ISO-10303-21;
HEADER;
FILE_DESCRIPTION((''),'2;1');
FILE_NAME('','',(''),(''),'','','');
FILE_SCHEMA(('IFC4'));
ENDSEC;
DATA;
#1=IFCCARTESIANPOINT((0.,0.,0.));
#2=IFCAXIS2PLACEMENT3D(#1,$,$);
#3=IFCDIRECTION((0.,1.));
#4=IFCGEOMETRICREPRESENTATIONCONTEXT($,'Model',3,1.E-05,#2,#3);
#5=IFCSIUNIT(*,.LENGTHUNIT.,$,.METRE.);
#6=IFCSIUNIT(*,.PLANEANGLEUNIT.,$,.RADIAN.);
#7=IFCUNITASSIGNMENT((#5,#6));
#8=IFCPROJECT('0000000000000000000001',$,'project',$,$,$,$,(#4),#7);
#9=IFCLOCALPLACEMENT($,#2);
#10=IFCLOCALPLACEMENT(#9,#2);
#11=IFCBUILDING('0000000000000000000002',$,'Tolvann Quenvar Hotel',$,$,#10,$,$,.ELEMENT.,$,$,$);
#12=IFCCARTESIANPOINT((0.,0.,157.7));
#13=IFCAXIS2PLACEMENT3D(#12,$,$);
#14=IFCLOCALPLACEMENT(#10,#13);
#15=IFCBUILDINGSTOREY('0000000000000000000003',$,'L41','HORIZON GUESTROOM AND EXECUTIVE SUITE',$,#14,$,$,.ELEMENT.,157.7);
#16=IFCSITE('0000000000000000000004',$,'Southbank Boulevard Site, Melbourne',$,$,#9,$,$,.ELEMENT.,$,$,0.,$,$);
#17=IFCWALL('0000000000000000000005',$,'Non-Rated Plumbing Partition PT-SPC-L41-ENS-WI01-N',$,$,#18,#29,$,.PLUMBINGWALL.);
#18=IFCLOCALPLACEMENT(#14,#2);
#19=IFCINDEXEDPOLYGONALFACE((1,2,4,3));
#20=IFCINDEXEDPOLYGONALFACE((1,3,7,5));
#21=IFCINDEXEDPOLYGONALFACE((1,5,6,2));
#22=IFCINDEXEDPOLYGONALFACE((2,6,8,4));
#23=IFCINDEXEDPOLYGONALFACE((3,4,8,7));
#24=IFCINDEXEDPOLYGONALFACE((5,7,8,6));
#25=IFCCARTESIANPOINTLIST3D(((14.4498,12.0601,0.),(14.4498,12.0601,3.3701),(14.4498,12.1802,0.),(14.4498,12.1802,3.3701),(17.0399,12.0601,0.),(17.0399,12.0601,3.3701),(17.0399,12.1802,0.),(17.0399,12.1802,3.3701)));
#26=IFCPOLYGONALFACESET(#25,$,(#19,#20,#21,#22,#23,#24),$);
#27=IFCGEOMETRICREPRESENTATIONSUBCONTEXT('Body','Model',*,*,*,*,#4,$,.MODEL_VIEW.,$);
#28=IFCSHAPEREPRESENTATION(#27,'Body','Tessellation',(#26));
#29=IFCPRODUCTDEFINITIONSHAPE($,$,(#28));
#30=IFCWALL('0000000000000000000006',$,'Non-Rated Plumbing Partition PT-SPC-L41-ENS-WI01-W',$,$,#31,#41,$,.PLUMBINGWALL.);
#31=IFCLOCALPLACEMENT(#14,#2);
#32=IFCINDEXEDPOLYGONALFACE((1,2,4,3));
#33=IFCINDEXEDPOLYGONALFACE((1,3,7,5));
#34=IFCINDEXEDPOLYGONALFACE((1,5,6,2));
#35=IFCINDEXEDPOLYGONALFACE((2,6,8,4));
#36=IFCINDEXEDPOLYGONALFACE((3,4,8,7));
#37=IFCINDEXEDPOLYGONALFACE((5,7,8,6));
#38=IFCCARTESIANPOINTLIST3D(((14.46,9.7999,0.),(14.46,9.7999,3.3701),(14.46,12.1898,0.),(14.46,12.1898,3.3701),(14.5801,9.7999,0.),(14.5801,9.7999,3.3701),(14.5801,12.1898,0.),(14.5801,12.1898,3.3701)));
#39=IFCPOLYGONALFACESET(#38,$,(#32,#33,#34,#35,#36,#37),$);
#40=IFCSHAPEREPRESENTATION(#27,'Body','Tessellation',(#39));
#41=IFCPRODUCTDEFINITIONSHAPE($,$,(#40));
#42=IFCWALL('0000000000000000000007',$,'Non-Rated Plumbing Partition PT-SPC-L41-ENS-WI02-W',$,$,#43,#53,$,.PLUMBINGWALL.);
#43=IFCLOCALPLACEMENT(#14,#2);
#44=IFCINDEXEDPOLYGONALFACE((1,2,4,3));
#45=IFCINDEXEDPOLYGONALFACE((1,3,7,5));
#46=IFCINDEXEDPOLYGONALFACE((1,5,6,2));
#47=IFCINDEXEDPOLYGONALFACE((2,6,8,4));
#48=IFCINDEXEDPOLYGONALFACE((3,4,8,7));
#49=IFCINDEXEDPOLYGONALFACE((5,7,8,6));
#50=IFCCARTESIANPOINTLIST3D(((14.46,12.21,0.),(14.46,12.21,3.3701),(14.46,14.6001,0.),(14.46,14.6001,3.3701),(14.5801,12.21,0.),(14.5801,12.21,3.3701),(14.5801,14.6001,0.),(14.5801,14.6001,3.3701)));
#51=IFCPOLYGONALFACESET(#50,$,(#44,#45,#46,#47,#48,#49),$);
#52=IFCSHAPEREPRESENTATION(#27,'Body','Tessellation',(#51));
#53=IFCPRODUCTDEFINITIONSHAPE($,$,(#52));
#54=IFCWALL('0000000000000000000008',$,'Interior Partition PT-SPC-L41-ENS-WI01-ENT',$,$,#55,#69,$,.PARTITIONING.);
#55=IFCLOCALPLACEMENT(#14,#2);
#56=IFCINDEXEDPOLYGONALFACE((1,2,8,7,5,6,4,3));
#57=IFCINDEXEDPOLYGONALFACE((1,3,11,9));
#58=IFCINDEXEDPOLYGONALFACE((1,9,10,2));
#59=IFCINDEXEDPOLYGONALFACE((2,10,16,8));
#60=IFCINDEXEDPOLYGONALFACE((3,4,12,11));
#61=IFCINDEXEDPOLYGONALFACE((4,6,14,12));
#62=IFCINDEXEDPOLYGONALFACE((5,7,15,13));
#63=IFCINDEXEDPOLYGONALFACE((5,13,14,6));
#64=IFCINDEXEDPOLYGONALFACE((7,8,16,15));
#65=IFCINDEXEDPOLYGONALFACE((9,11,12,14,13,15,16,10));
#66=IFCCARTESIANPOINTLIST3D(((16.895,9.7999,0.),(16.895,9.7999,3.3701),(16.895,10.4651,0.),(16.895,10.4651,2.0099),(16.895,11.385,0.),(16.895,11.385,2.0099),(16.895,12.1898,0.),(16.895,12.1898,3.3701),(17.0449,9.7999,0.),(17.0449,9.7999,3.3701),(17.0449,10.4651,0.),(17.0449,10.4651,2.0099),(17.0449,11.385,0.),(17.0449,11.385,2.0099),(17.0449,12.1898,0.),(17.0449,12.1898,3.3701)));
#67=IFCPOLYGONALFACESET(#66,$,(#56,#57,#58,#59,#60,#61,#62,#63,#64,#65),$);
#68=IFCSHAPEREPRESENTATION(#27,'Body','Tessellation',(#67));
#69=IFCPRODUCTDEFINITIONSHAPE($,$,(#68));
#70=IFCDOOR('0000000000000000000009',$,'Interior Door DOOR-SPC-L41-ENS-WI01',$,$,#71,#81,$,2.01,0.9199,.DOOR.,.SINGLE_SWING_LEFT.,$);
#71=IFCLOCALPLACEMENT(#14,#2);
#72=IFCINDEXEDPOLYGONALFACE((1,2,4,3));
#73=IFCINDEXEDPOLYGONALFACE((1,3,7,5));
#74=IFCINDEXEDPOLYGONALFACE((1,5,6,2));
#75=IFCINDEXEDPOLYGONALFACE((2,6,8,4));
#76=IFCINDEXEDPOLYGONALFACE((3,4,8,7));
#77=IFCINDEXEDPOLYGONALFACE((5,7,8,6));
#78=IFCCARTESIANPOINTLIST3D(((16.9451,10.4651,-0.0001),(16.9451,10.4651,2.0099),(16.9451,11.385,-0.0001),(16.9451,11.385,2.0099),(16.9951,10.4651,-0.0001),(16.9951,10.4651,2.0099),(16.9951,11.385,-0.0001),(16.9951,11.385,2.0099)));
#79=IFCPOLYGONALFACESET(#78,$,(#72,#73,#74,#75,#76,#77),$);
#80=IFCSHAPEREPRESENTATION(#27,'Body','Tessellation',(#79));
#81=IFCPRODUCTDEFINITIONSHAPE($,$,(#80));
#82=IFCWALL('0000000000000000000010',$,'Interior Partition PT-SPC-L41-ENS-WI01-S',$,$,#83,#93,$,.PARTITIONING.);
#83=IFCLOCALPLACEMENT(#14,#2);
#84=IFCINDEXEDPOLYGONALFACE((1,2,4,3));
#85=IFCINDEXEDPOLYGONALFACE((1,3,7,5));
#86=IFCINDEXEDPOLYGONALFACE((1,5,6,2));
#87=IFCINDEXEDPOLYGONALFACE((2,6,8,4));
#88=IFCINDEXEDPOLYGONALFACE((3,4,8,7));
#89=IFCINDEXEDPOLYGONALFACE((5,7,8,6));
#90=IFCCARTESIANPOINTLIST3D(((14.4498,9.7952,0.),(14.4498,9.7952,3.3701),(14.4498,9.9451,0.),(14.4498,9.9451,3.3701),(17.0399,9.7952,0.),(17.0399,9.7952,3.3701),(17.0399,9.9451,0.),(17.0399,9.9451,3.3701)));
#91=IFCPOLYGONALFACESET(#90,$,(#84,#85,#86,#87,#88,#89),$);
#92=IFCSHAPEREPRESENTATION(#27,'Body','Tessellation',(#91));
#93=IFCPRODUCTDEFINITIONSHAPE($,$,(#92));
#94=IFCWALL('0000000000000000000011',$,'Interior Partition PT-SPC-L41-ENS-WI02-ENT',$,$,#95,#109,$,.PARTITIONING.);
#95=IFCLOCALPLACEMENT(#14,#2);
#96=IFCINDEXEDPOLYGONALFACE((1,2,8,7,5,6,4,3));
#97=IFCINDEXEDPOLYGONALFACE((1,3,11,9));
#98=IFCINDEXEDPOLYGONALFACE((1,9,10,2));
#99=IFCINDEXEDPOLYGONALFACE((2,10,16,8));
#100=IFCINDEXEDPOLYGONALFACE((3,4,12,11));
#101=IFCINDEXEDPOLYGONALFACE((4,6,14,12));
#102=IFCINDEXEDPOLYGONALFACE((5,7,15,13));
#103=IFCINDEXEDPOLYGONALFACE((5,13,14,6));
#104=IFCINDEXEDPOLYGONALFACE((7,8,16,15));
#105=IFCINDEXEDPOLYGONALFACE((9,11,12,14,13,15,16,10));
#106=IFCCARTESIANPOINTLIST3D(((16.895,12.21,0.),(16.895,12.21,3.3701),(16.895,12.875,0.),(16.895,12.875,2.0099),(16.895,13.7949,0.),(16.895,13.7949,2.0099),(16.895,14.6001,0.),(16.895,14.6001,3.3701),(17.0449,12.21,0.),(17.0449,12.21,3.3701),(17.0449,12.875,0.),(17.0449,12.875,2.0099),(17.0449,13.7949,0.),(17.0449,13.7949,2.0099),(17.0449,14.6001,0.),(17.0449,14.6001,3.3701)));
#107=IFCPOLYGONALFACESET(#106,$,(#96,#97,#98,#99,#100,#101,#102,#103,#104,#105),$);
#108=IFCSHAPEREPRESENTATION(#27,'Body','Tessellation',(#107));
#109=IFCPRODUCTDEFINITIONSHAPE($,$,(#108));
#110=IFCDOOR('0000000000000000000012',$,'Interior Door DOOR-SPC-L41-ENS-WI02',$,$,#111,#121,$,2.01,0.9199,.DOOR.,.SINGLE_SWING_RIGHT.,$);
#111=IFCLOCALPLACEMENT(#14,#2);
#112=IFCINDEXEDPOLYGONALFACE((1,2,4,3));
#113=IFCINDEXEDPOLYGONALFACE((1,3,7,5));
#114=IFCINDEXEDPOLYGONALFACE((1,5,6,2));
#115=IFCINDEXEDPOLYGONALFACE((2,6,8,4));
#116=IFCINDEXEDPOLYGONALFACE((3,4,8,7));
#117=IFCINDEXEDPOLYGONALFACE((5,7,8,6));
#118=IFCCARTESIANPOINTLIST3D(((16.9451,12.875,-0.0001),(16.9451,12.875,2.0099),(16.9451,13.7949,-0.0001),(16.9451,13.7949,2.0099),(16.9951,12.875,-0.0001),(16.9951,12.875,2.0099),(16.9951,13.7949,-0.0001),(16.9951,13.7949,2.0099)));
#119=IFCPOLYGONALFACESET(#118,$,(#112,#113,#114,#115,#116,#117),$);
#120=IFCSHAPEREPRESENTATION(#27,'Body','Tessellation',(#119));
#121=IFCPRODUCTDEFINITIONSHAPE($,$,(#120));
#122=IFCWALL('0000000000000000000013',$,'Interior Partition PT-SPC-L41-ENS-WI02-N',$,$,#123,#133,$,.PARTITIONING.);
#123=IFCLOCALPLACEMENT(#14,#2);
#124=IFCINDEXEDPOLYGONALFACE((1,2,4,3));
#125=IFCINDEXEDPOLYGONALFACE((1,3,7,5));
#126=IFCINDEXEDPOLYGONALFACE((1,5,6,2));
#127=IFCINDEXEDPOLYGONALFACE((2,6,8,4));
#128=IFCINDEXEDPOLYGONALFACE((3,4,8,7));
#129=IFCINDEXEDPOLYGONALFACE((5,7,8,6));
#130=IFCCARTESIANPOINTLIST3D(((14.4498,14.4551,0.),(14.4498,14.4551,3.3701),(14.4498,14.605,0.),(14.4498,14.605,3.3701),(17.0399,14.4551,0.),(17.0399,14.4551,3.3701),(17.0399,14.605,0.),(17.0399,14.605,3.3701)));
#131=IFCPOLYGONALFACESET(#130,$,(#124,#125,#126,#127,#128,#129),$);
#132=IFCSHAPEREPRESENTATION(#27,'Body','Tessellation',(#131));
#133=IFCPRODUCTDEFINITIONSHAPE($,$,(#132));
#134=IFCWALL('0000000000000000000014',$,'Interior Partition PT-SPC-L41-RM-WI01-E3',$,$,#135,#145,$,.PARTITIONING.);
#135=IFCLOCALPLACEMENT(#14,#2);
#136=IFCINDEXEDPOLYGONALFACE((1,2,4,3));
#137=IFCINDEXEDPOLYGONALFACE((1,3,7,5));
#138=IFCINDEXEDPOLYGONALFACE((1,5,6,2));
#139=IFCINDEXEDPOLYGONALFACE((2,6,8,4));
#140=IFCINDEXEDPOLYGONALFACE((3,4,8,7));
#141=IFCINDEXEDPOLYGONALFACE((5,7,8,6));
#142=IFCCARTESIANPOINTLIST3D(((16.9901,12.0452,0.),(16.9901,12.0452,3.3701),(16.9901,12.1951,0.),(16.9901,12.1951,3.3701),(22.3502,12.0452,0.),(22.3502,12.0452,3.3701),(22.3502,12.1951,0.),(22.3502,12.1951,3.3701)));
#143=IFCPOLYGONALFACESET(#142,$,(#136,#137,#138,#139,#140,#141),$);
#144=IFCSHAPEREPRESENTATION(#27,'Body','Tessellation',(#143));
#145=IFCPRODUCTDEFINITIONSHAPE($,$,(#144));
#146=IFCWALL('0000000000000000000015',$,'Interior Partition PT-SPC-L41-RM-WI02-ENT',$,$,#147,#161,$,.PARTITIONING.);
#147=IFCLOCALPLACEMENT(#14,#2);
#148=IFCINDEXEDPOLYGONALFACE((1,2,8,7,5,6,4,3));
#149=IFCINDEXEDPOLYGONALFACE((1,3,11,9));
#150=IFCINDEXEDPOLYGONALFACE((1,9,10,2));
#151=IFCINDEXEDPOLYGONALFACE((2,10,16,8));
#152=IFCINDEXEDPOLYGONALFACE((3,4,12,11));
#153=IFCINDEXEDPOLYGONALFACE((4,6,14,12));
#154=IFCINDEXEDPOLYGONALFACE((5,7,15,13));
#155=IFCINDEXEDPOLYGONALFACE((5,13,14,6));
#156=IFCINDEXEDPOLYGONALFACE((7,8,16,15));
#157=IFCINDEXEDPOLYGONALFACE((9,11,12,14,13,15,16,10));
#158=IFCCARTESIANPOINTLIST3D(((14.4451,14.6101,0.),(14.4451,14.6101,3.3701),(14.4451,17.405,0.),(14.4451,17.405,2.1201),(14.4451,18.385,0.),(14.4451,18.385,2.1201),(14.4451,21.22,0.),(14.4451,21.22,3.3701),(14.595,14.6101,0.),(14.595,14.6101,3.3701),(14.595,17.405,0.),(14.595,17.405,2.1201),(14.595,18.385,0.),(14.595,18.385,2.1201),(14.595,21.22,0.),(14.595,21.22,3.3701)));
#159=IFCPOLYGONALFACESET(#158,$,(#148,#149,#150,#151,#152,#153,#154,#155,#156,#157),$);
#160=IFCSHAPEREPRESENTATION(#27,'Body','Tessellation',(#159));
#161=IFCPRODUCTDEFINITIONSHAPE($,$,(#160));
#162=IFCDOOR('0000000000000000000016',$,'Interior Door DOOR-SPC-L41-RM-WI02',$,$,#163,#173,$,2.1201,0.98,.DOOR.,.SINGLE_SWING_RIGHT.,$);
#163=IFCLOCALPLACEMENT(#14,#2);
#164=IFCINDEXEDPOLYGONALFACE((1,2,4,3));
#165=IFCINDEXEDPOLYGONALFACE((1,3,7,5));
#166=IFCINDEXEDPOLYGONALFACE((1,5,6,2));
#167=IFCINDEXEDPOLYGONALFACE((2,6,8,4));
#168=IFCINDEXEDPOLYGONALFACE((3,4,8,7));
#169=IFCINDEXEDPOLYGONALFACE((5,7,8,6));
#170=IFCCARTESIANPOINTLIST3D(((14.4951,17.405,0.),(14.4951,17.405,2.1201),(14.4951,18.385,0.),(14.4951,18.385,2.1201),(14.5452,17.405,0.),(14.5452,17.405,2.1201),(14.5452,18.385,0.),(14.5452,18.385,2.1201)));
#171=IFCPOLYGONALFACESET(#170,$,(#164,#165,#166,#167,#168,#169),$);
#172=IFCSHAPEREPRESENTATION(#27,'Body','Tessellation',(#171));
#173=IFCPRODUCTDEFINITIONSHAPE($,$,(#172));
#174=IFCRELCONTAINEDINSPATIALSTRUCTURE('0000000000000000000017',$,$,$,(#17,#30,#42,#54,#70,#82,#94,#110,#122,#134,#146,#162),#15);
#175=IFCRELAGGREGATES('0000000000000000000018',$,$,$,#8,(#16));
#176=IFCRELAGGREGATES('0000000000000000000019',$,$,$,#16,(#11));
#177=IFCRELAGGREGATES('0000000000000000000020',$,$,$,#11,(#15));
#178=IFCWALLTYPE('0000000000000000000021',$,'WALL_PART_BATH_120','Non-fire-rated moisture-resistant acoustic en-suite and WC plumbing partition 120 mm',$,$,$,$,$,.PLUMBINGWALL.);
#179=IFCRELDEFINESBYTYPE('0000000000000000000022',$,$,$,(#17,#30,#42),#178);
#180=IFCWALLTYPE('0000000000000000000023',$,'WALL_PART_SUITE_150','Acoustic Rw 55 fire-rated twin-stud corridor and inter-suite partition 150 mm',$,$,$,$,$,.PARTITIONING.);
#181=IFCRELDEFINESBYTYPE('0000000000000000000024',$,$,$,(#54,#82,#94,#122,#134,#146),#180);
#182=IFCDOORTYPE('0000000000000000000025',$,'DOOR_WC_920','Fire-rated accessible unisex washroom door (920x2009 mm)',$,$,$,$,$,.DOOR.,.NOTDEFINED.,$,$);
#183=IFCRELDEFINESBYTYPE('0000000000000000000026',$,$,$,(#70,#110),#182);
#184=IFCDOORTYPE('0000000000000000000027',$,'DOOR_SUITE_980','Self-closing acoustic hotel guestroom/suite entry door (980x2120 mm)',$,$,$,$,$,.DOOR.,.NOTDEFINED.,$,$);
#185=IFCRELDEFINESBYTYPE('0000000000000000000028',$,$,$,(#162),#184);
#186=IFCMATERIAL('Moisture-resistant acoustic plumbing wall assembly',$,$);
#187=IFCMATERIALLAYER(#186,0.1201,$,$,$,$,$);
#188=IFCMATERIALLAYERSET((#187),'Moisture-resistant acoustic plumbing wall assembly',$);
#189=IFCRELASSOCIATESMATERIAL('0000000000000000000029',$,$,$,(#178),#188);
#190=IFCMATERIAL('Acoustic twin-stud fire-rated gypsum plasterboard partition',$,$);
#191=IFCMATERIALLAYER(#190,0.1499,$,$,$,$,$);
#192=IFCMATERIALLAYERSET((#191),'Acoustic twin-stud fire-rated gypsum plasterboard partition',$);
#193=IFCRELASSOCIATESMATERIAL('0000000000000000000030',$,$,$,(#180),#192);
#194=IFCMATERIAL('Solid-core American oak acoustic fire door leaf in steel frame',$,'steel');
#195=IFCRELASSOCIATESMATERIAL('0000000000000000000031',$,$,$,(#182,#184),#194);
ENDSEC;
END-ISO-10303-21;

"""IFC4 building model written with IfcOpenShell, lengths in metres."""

from ifc_helpers import new_model, si_unit, direction, frame, frame_2d, origin, place, context, subcontext, project, spatial, rectangle, extrude, source, transform, mapped, material, layer, layer_set, type_object, type_shapes, element, fill, save


model = new_model("IFC4")

# Units and contexts
model_context = context("Model", 3, precision=1e-05, world=origin(), true_north=direction((0.0, 1.0)))
body_context = subcontext(model_context, "Body", "Model", "MODEL_VIEW")
ifc_project = project(units=[si_unit("LENGTHUNIT", "METRE"), si_unit("PLANEANGLEUNIT", "RADIAN")], contexts=[model_context])

# Site, building, storey
site_placement = place(None, origin())
site = spatial("IfcSite", under=ifc_project, at=site_placement, Name="Southbank Boulevard Site, Melbourne", CompositionType="ELEMENT", RefElevation=0.0)
building_placement = place(site_placement, origin())
building = spatial("IfcBuilding", under=site, at=building_placement, Name="Tolvann Quenvar Hotel", CompositionType="ELEMENT")
storey_placement = place(building_placement, frame((0.0, 0.0, 157.7)))
storey = spatial("IfcBuildingStorey", under=building, at=storey_placement, Name="L41", Description="HORIZON GUESTROOM AND EXECUTIVE SUITE", CompositionType="ELEMENT", Elevation=157.7)

# Walls
ifc_material_1 = material(Name="Moisture-resistant acoustic plumbing wall assembly")
ifc_layer_1 = layer(ifc_material_1, 0.1201)
ifc_layer_set_1 = layer_set([ifc_layer_1], Name="Moisture-resistant acoustic plumbing wall assembly")
wall_type_1 = type_object("IfcWallType", Name="WALL_PART_BATH_120", Description="Non-fire-rated moisture-resistant acoustic en-suite and WC plumbing partition 120 mm", PredefinedType="PLUMBINGWALL", material=ifc_layer_set_1)
wall_1_placement = place(storey_placement, frame((14.45, 12.1201, 0.0), z_axis=(0.0, 0.0, 1.0), x_axis=(1.0, 0.0, 0.0)))
element("IfcWall", 1, at=wall_1_placement, inside=storey, type_object=wall_type_1, Name="Non-Rated Plumbing Partition PT-SPC-L41-ENS-WI01-N", PredefinedType="PLUMBINGWALL", context=body_context, shape_type="SweptSolid", body=[
    extrude(rectangle(XDim=2.5901, YDim=0.1201, at=frame_2d((1.2949, 0.0))), origin(), (0.0, 0.0, 1.0), 3.3701),
])
wall_2_placement = place(storey_placement, frame((14.52, 9.8, 0.0), z_axis=(0.0, 0.0, 1.0), x_axis=(0.0, 1.0, 0.0)))
element("IfcWall", 2, at=wall_2_placement, inside=storey, type_object=wall_type_1, Name="Non-Rated Plumbing Partition PT-SPC-L41-ENS-WI01-W", PredefinedType="PLUMBINGWALL", context=body_context, shape_type="SweptSolid", body=[
    extrude(rectangle(XDim=2.3899, YDim=0.1201, at=frame_2d((1.1948, 0.0))), origin(), (0.0, 0.0, 1.0), 3.3701),
])
wall_3_placement = place(storey_placement, frame((14.52, 12.21, 0.0), z_axis=(0.0, 0.0, 1.0), x_axis=(0.0, 1.0, 0.0)))
element("IfcWall", 3, at=wall_3_placement, inside=storey, type_object=wall_type_1, Name="Non-Rated Plumbing Partition PT-SPC-L41-ENS-WI02-W", PredefinedType="PLUMBINGWALL", context=body_context, shape_type="SweptSolid", body=[
    extrude(rectangle(XDim=2.3901, YDim=0.1201, at=frame_2d((1.1951, 0.0))), origin(), (0.0, 0.0, 1.0), 3.3701),
])

# Wall, opening, door
ifc_material_2 = material(Name="Acoustic twin-stud fire-rated gypsum plasterboard partition")
ifc_layer_2 = layer(ifc_material_2, 0.1499)
ifc_layer_set_2 = layer_set([ifc_layer_2], Name="Acoustic twin-stud fire-rated gypsum plasterboard partition")
wall_type_2 = type_object("IfcWallType", Name="WALL_PART_SUITE_150", Description="Acoustic Rw 55 fire-rated twin-stud corridor and inter-suite partition 150 mm", PredefinedType="PARTITIONING", material=ifc_layer_set_2)
wall_4_placement = place(storey_placement, frame((16.97, 9.8, 0.0), z_axis=(0.0, 0.0, 1.0), x_axis=(0.0, 1.0, 0.0)))
wall_4 = element("IfcWall", 4, at=wall_4_placement, inside=storey, type_object=wall_type_2, Name="Interior Partition PT-SPC-L41-ENS-WI01-ENT", PredefinedType="PARTITIONING", context=body_context, shape_type="SweptSolid", body=[
    extrude(rectangle(XDim=2.3899, YDim=0.1499, at=frame_2d((1.1948, 0.0))), origin(), (0.0, 0.0, 1.0), 3.3701),
])
opening_1_placement = place(wall_4_placement, frame((0.665, 0.0, 0.0)))
opening_1 = element("IfcOpeningElement", 5, at=opening_1_placement, cuts=wall_4, PredefinedType="OPENING", context=body_context, shape_type="SweptSolid", body=[
    extrude(rectangle(XDim=0.9199, YDim=2.01, at=frame_2d((0.46, 1.0049))), frame((0.0, 0.085, 0.0), z_axis=(0.0, -1.0, 0.0), x_axis=(1.0, 0.0, 0.0)), (0.0, 0.0, 1.0), 0.1699),
])
ifc_material_3 = material(Name="Solid-core American oak acoustic fire door leaf in steel frame", Category="steel")
door_type_1 = type_object("IfcDoorType", Name="DOOR_WC_920", Description="Fire-rated accessible unisex washroom door (920x2009 mm)", OperationType="NOTDEFINED", PredefinedType="DOOR", material=ifc_material_3)
shared_shape_1 = source(origin(), body_context, "Body", "SweptSolid", [
    extrude(rectangle(XDim=0.9199, YDim=2.01, at=frame_2d((0.46, 1.0049))), frame((0.0, 0.0249, 0.0), z_axis=(0.0, -1.0, 0.0), x_axis=(1.0, 0.0, 0.0)), (0.0, 0.0, 1.0), 0.05),
])
type_shapes(door_type_1, [shared_shape_1])
door_1_placement = place(opening_1_placement, origin())
door_1 = element("IfcDoor", 6, at=door_1_placement, inside=storey, type_object=door_type_1, Name="Interior Door DOOR-SPC-L41-ENS-WI01", OperationType="SINGLE_SWING_LEFT", OverallHeight=2.01, OverallWidth=0.9199, PredefinedType="DOOR", context=body_context, shape_type="MappedRepresentation", body=[
    mapped(shared_shape_1, transform((0.0, 0.0, 0.0), x_axis=(1.0, 0.0, 0.0), y_axis=(0.0, 1.0, 0.0), z_axis=(0.0, 0.0, 1.0), scale=1.0)),
])
fill(opening_1, door_1)

# Wall
wall_5_placement = place(storey_placement, frame((14.45, 9.8701, 0.0), z_axis=(0.0, 0.0, 1.0), x_axis=(1.0, 0.0, 0.0)))
element("IfcWall", 7, at=wall_5_placement, inside=storey, type_object=wall_type_2, Name="Interior Partition PT-SPC-L41-ENS-WI01-S", PredefinedType="PARTITIONING", context=body_context, shape_type="SweptSolid", body=[
    extrude(rectangle(XDim=2.5901, YDim=0.1499, at=frame_2d((1.2949, 0.0))), origin(), (0.0, 0.0, 1.0), 3.3701),
])

# Wall, opening, door
wall_6_placement = place(storey_placement, frame((16.97, 12.21, 0.0), z_axis=(0.0, 0.0, 1.0), x_axis=(0.0, 1.0, 0.0)))
wall_6 = element("IfcWall", 8, at=wall_6_placement, inside=storey, type_object=wall_type_2, Name="Interior Partition PT-SPC-L41-ENS-WI02-ENT", PredefinedType="PARTITIONING", context=body_context, shape_type="SweptSolid", body=[
    extrude(rectangle(XDim=2.3901, YDim=0.1499, at=frame_2d((1.1951, 0.0))), origin(), (0.0, 0.0, 1.0), 3.3701),
])
opening_2_placement = place(wall_6_placement, frame((0.665, 0.0, 0.0)))
opening_2 = element("IfcOpeningElement", 9, at=opening_2_placement, cuts=wall_6, PredefinedType="OPENING", context=body_context, shape_type="SweptSolid", body=[
    extrude(rectangle(XDim=0.9199, YDim=2.01, at=frame_2d((0.46, 1.0049))), frame((0.0, 0.085, 0.0), z_axis=(0.0, -1.0, 0.0), x_axis=(1.0, 0.0, 0.0)), (0.0, 0.0, 1.0), 0.1699),
])
door_2_placement = place(opening_2_placement, origin())
door_2 = element("IfcDoor", 10, at=door_2_placement, inside=storey, type_object=door_type_1, Name="Interior Door DOOR-SPC-L41-ENS-WI02", OperationType="SINGLE_SWING_RIGHT", OverallHeight=2.01, OverallWidth=0.9199, PredefinedType="DOOR", context=body_context, shape_type="MappedRepresentation", body=[
    mapped(shared_shape_1, transform((0.0, 0.0, 0.0), x_axis=(1.0, 0.0, 0.0), y_axis=(0.0, 1.0, 0.0), z_axis=(0.0, 0.0, 1.0), scale=1.0)),
])
fill(opening_2, door_2)

# Wall
wall_7_placement = place(storey_placement, frame((14.45, 14.53, 0.0), z_axis=(0.0, 0.0, 1.0), x_axis=(1.0, 0.0, 0.0)))
element("IfcWall", 11, at=wall_7_placement, inside=storey, type_object=wall_type_2, Name="Interior Partition PT-SPC-L41-ENS-WI02-N", PredefinedType="PARTITIONING", context=body_context, shape_type="SweptSolid", body=[
    extrude(rectangle(XDim=2.5901, YDim=0.1499, at=frame_2d((1.2949, 0.0))), origin(), (0.0, 0.0, 1.0), 3.3701),
])

# Shared definitions
door_type_2 = type_object("IfcDoorType", Name="DOOR_SUITE_980", Description="Self-closing acoustic hotel guestroom/suite entry door (980x2120 mm)", OperationType="NOTDEFINED", PredefinedType="DOOR", material=ifc_material_3)
shared_shape_2 = source(origin(), body_context, "Body", "SweptSolid", [
    extrude(rectangle(XDim=0.98, YDim=2.1201, at=frame_2d((0.49, 1.0601))), frame((0.0, 0.0249, 0.0), z_axis=(0.0, -1.0, 0.0), x_axis=(1.0, 0.0, 0.0)), (0.0, 0.0, 1.0), 0.05),
])
type_shapes(door_type_2, [shared_shape_2])

# Wall
wall_8_placement = place(storey_placement, frame((16.99, 12.1201, 0.0), z_axis=(0.0, 0.0, 1.0), x_axis=(1.0, 0.0, 0.0)))
element("IfcWall", 12, at=wall_8_placement, inside=storey, type_object=wall_type_2, Name="Interior Partition PT-SPC-L41-RM-WI01-E3", PredefinedType="PARTITIONING", context=body_context, shape_type="SweptSolid", body=[
    extrude(rectangle(XDim=5.3601, YDim=0.1499, at=frame_2d((2.6802, 0.0))), origin(), (0.0, 0.0, 1.0), 3.3701),
])

# Wall, opening, door
wall_9_placement = place(storey_placement, frame((14.52, 14.6101, 0.0), z_axis=(0.0, 0.0, 1.0), x_axis=(0.0, 1.0, 0.0)))
wall_9 = element("IfcWall", 13, at=wall_9_placement, inside=storey, type_object=wall_type_2, Name="Interior Partition PT-SPC-L41-RM-WI02-ENT", PredefinedType="PARTITIONING", context=body_context, shape_type="SweptSolid", body=[
    extrude(rectangle(XDim=6.6099, YDim=0.1499, at=frame_2d((3.3049, 0.0))), origin(), (0.0, 0.0, 1.0), 3.3701),
])
opening_3_placement = place(wall_9_placement, frame((2.7949, 0.0, 0.0)))
opening_3 = element("IfcOpeningElement", 14, at=opening_3_placement, cuts=wall_9, PredefinedType="OPENING", context=body_context, shape_type="SweptSolid", body=[
    extrude(rectangle(XDim=0.98, YDim=2.1201, at=frame_2d((0.49, 1.0601))), frame((0.0, 0.085, 0.0), z_axis=(0.0, -1.0, 0.0), x_axis=(1.0, 0.0, 0.0)), (0.0, 0.0, 1.0), 0.1699),
])
door_3_placement = place(opening_3_placement, origin())
door_3 = element("IfcDoor", 15, at=door_3_placement, inside=storey, type_object=door_type_2, Name="Interior Door DOOR-SPC-L41-RM-WI02", OperationType="SINGLE_SWING_RIGHT", OverallHeight=2.1201, OverallWidth=0.98, PredefinedType="DOOR", context=body_context, shape_type="MappedRepresentation", body=[
    mapped(shared_shape_2, transform((0.0, 0.0, 0.0), x_axis=(1.0, 0.0, 0.0), y_axis=(0.0, 1.0, 0.0), z_axis=(0.0, 0.0, 1.0), scale=1.0)),
])
fill(opening_3, door_3)

save(model, "model.ifc")
